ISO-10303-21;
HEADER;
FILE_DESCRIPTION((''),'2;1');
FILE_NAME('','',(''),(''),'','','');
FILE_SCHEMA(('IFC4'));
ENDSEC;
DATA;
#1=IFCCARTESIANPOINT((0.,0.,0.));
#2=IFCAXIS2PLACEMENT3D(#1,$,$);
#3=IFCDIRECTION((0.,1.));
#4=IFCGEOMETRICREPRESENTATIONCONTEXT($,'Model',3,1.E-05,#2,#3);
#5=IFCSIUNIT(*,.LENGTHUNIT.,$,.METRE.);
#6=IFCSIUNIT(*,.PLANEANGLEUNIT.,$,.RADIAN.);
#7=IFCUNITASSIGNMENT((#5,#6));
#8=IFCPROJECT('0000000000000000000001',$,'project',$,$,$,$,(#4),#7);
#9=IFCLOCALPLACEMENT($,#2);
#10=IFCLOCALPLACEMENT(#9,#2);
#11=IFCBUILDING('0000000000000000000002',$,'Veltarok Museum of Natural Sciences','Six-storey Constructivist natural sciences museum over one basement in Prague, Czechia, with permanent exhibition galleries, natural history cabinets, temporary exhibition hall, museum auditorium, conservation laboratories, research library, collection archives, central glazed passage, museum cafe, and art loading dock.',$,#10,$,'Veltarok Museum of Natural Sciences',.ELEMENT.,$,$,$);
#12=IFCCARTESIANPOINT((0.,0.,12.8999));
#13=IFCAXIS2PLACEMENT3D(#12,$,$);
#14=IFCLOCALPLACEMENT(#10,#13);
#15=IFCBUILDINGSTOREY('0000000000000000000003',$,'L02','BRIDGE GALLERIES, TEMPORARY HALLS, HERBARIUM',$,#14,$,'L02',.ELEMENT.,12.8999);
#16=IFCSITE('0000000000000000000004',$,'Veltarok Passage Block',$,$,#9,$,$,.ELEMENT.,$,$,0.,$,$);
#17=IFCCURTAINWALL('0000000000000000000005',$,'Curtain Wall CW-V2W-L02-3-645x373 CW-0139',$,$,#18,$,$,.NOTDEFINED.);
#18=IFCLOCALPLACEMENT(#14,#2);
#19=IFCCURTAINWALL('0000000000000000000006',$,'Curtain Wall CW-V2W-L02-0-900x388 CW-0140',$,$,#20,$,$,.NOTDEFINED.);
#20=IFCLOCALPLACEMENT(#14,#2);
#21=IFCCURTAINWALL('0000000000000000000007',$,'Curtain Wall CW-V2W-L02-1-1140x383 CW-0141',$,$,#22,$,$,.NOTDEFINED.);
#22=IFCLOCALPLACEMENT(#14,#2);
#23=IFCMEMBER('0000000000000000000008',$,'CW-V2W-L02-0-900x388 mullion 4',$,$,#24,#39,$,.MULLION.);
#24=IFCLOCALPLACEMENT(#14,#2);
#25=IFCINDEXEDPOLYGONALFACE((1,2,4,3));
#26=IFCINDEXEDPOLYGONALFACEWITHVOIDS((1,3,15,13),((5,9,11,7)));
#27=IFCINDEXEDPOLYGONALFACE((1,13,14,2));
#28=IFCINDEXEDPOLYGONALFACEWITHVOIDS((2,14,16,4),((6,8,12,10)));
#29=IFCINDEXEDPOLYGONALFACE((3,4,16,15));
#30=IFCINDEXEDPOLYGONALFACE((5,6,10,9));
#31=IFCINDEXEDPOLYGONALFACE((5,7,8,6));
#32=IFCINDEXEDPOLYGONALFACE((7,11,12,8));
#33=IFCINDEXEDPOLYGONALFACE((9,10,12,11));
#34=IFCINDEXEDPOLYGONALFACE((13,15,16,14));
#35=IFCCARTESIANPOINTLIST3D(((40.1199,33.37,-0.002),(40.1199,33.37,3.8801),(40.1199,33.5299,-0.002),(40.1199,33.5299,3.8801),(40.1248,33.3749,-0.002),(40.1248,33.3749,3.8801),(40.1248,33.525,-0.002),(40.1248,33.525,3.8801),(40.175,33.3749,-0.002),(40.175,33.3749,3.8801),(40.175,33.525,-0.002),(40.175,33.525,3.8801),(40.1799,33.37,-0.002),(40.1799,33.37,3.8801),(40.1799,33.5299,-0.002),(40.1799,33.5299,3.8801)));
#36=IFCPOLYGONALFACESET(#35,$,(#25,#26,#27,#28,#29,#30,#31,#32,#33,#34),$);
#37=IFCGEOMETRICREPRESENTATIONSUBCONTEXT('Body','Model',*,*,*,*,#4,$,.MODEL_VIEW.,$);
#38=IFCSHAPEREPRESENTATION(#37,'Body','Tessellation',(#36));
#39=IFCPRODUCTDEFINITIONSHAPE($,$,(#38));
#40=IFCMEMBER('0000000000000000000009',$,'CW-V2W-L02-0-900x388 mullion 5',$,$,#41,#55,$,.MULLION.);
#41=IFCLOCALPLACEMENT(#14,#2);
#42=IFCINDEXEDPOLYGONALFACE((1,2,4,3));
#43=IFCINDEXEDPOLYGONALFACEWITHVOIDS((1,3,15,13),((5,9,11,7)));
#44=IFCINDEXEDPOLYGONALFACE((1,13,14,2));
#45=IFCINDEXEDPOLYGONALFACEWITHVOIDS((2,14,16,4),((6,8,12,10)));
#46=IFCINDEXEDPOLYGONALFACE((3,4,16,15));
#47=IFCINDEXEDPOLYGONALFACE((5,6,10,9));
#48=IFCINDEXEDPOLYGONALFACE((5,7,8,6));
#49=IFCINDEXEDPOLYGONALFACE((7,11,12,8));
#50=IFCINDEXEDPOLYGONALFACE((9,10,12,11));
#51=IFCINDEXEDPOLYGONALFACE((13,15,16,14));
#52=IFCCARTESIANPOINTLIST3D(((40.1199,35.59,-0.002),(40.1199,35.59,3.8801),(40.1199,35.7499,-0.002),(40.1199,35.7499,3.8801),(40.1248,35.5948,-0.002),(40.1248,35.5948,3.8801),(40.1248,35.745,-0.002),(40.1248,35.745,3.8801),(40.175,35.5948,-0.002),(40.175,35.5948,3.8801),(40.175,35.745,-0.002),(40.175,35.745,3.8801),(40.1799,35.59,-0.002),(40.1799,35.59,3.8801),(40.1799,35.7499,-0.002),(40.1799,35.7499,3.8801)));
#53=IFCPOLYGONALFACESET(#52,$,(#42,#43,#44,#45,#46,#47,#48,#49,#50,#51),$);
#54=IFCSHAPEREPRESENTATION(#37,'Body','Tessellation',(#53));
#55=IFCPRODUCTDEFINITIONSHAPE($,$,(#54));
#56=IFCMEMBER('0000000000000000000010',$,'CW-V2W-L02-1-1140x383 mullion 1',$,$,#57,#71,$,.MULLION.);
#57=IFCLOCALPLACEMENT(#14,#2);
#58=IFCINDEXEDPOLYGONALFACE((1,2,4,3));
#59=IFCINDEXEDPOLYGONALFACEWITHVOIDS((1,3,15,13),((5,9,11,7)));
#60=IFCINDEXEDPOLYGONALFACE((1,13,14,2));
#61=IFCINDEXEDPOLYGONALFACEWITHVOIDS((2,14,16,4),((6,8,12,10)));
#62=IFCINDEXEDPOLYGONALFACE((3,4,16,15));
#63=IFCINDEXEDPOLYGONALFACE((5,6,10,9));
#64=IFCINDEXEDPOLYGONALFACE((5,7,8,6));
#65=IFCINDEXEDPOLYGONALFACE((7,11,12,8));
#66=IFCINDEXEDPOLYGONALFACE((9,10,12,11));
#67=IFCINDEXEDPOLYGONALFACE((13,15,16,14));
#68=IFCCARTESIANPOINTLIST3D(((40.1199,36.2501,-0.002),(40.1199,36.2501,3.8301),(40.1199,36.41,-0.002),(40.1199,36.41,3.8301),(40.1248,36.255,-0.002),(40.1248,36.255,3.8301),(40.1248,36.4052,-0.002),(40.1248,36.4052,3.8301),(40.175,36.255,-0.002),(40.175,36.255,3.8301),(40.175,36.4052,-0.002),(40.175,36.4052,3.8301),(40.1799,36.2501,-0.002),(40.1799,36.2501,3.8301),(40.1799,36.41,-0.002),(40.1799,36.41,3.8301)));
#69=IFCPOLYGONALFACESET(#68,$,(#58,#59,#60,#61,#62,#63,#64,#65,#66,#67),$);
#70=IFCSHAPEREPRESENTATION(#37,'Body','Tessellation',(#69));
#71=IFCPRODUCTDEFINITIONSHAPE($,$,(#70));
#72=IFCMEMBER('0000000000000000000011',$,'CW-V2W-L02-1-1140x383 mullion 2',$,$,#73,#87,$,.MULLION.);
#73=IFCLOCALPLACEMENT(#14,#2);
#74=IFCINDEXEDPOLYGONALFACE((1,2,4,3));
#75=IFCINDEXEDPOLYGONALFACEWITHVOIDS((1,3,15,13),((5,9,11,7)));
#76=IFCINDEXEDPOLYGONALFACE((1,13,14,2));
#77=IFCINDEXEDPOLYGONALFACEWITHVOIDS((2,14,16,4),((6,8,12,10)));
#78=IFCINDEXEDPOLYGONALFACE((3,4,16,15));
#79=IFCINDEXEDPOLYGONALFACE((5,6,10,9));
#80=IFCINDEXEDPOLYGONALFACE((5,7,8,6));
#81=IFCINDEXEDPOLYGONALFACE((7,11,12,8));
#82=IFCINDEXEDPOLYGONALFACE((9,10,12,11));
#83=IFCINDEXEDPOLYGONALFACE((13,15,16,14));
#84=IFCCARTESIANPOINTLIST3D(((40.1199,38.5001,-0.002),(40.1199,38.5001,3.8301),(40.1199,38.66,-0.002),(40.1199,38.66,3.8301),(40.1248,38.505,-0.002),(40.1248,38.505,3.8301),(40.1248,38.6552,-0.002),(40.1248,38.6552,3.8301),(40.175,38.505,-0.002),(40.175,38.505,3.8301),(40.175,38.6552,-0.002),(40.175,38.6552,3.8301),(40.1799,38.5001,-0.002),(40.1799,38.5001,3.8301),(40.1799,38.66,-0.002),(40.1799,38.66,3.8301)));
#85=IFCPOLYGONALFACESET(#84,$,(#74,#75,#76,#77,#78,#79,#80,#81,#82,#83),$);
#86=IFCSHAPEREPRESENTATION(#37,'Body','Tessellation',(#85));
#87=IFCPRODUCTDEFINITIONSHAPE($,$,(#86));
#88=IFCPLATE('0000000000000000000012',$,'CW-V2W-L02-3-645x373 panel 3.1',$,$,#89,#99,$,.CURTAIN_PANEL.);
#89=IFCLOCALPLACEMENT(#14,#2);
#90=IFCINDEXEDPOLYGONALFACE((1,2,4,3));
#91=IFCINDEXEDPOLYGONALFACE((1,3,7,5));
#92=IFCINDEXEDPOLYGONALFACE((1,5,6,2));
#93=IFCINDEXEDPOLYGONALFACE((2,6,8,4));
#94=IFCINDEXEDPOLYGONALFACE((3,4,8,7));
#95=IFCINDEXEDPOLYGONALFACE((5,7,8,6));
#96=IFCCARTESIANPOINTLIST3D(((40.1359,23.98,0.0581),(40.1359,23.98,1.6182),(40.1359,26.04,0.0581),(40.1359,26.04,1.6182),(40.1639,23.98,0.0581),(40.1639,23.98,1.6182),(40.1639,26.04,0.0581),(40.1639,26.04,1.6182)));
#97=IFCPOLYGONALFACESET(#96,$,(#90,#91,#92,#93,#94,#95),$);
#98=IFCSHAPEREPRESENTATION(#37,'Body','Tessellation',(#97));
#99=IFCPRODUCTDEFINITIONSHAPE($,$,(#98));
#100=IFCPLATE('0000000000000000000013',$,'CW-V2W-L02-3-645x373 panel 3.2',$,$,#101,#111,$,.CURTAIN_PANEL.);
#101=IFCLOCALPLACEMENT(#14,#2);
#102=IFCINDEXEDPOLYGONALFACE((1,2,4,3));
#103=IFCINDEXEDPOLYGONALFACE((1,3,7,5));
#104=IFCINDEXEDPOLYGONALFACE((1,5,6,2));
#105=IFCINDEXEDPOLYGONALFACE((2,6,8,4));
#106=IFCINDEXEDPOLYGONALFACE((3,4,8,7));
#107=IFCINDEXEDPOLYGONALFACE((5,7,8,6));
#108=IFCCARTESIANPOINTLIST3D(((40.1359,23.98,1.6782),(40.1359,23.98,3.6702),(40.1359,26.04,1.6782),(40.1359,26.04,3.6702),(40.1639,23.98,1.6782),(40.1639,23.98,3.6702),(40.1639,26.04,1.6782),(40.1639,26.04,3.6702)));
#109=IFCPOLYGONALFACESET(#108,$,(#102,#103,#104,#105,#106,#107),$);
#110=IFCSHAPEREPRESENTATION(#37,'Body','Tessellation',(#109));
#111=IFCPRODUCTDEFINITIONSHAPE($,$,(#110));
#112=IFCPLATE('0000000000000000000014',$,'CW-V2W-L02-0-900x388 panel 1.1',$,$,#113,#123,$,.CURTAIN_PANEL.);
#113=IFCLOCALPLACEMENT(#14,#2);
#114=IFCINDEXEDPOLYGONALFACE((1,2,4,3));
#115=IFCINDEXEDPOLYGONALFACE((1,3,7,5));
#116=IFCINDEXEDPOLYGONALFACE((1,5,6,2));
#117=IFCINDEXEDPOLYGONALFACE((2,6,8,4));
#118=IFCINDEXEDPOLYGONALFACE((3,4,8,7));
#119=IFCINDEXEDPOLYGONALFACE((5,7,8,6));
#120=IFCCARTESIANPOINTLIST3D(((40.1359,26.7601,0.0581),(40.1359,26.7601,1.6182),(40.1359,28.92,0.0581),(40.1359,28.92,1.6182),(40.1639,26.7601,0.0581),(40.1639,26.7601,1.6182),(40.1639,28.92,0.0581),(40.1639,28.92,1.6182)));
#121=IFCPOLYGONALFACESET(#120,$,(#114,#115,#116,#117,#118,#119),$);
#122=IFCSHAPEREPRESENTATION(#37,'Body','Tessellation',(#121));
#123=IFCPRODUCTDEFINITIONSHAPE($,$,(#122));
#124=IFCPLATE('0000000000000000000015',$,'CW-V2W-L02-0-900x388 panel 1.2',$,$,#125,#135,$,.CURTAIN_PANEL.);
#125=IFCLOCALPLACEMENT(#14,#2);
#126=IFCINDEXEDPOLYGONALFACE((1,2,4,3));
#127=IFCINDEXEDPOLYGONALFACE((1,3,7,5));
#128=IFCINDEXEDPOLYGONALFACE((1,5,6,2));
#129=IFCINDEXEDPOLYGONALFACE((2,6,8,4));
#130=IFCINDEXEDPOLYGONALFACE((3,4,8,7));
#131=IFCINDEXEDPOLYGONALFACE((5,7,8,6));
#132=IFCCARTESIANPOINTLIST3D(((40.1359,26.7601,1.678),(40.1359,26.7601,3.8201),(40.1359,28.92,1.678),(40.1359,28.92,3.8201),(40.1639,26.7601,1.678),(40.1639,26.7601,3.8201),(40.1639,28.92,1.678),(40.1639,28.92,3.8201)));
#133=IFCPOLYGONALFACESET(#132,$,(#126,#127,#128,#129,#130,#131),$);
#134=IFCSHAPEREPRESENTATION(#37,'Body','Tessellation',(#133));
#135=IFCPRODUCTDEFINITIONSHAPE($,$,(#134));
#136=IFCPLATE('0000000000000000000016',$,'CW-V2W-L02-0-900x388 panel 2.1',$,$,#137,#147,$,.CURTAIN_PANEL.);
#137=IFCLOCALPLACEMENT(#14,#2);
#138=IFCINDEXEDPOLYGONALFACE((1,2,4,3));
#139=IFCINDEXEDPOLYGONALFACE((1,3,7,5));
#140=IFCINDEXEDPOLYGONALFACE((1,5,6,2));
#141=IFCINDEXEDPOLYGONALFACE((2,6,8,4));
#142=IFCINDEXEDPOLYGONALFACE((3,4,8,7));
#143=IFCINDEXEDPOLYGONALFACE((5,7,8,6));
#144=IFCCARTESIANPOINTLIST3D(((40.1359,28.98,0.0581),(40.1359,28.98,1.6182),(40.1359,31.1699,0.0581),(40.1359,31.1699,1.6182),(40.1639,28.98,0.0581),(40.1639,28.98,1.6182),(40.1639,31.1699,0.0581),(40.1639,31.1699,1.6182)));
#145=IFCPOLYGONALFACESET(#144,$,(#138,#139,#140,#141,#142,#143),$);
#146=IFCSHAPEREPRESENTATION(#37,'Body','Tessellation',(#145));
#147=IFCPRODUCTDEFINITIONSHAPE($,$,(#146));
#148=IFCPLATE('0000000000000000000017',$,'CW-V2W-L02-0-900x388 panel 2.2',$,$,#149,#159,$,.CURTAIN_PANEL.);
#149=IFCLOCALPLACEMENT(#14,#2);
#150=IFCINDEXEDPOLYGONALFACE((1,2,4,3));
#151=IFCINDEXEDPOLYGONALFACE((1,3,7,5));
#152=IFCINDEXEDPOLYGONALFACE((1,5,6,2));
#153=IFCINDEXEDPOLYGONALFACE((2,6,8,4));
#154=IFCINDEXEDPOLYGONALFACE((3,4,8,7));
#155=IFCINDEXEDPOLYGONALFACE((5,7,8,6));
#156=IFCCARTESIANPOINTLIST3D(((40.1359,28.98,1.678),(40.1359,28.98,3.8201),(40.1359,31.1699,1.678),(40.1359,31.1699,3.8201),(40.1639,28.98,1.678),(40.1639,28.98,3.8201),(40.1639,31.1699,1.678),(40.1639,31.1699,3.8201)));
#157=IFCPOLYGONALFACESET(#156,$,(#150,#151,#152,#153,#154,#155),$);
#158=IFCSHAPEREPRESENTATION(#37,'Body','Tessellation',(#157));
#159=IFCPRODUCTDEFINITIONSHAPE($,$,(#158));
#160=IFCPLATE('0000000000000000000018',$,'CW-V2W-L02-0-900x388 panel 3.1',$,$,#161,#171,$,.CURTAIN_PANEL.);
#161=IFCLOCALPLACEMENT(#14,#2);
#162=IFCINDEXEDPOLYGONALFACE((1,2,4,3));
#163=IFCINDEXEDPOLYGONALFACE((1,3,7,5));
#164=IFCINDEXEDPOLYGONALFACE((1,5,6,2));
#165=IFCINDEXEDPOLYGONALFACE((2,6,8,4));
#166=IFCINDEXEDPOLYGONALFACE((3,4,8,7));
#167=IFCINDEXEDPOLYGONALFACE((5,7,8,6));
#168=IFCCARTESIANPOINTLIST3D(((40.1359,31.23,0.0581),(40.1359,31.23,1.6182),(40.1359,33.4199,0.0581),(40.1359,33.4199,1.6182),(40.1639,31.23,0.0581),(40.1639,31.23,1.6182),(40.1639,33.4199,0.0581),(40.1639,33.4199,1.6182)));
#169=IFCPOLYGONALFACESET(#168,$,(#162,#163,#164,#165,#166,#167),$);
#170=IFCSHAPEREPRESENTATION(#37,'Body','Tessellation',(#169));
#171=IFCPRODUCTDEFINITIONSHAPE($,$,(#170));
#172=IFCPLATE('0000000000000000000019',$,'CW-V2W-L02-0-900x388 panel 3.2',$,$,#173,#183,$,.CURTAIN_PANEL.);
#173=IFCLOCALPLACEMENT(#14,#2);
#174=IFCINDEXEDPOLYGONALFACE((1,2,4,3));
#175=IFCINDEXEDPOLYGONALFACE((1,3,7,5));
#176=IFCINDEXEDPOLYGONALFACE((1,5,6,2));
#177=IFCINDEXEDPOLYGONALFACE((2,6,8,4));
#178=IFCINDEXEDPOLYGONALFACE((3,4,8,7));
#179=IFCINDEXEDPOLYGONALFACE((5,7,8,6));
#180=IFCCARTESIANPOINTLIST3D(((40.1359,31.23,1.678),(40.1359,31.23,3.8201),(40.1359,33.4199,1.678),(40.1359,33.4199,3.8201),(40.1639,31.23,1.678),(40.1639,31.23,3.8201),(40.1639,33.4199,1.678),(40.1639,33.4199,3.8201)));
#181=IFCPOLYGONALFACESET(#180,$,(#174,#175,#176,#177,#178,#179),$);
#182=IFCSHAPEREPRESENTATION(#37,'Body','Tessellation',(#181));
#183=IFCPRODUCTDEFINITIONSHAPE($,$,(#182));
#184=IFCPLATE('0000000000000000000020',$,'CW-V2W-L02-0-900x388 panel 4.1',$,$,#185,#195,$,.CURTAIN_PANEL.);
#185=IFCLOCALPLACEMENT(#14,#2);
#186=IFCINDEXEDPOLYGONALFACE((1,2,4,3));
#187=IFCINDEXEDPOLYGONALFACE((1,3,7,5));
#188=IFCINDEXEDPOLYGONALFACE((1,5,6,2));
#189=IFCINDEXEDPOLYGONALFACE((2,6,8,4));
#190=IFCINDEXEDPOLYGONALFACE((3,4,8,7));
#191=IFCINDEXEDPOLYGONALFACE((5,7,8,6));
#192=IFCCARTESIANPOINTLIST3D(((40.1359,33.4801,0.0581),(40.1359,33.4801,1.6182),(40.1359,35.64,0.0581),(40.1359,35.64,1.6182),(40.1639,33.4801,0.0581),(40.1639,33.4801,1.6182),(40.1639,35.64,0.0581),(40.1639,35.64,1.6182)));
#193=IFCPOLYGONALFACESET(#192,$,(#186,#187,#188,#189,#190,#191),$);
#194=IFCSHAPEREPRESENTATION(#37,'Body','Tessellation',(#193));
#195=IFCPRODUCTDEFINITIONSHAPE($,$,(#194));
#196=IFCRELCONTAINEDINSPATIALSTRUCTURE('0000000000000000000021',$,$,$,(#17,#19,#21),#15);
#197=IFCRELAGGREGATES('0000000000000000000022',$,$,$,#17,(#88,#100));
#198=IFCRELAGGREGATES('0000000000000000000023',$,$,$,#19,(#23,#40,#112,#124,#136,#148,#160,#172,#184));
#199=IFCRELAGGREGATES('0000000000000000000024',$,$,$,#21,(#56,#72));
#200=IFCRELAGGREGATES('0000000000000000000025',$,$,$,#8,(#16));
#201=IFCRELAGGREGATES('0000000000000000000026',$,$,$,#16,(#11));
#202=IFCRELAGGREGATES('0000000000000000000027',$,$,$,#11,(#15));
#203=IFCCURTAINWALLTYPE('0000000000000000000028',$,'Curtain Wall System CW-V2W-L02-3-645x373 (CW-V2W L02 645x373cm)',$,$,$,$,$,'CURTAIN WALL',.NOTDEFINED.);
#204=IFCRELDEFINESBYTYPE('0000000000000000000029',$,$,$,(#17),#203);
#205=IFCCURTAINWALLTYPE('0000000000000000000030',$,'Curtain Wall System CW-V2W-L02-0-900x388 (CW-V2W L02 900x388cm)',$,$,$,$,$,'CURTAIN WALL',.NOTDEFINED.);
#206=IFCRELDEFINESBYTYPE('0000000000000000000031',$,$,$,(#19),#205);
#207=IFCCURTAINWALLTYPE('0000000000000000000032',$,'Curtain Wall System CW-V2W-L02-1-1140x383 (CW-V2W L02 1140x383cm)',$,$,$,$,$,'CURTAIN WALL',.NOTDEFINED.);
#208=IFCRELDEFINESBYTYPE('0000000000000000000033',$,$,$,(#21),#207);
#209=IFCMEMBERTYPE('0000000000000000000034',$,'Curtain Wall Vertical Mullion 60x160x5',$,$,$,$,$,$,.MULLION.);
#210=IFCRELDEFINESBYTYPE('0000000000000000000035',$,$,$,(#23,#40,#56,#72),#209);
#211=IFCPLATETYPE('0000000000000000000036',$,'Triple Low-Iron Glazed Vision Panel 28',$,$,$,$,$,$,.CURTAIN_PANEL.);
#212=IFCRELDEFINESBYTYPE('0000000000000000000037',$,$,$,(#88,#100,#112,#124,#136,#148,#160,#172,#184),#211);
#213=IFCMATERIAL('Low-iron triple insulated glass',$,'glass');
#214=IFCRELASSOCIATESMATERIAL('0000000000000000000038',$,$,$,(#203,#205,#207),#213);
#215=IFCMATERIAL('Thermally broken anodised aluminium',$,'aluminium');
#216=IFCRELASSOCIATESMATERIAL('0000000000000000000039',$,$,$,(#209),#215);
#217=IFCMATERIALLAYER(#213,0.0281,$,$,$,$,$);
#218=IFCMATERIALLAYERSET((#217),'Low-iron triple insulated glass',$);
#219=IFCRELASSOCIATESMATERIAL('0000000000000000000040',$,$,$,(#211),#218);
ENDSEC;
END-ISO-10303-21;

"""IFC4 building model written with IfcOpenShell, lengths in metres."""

from ifc_helpers import new_model, si_unit, direction, frame, origin, origin_2d, place, context, subcontext, project, spatial, rectangle, hollow_rectangle, extrude, material, layer, layer_set, material_profile, profile_set, type_object, element, aggregate, save


model = new_model("IFC4")

# Units and contexts
model_context = context("Model", 3, precision=1e-05, world=origin(), true_north=direction((0.0, 1.0)))
body_context = subcontext(model_context, "Body", "Model", "MODEL_VIEW")
ifc_project = project(units=[si_unit("LENGTHUNIT", "METRE"), si_unit("PLANEANGLEUNIT", "RADIAN")], contexts=[model_context])

# Site, building, storey
site_placement = place(None, origin())
site = spatial("IfcSite", under=ifc_project, at=site_placement, Name="Veltarok Passage Block", CompositionType="ELEMENT", RefElevation=0.0)
building_placement = place(site_placement, origin())
building = spatial("IfcBuilding", under=site, at=building_placement, Name="Veltarok Museum of Natural Sciences", Description="Six-storey Constructivist natural sciences museum over one basement in Prague, Czechia, with permanent exhibition galleries, natural history cabinets, temporary exhibition hall, museum auditorium, conservation laboratories, research library, collection archives, central glazed passage, museum cafe, and art loading dock.", LongName="Veltarok Museum of Natural Sciences", CompositionType="ELEMENT")
storey_placement = place(building_placement, frame((0.0, 0.0, 12.8999)))
storey = spatial("IfcBuildingStorey", under=building, at=storey_placement, Name="L02", Description="BRIDGE GALLERIES, TEMPORARY HALLS, HERBARIUM", LongName="L02", CompositionType="ELEMENT", Elevation=12.8999)

# Curtain wall
ifc_material_1 = material(Name="Low-iron triple insulated glass", Category="glass")
curtain_wall_type_1 = type_object("IfcCurtainWallType", Name="Curtain Wall System CW-V2W-L02-3-645x373 (CW-V2W L02 645x373cm)", ElementType="CURTAIN WALL", PredefinedType="NOTDEFINED", material=ifc_material_1)
curtain_wall_1_placement = place(storey_placement, origin())
curtain_wall_1 = element("IfcCurtainWall", 1, at=curtain_wall_1_placement, inside=storey, type_object=curtain_wall_type_1, Name="Curtain Wall CW-V2W-L02-3-645x373 CW-0139", PredefinedType="NOTDEFINED")
ifc_material_2 = material(Name="Thermally broken anodised aluminium", Category="aluminium")

# Curtain walls
curtain_wall_type_2 = type_object("IfcCurtainWallType", Name="Curtain Wall System CW-V2W-L02-0-900x388 (CW-V2W L02 900x388cm)", ElementType="CURTAIN WALL", PredefinedType="NOTDEFINED", material=ifc_material_1)
curtain_wall_2_placement = place(storey_placement, origin())
curtain_wall_2 = element("IfcCurtainWall", 2, at=curtain_wall_2_placement, inside=storey, type_object=curtain_wall_type_2, Name="Curtain Wall CW-V2W-L02-0-900x388 CW-0140", PredefinedType="NOTDEFINED")
curtain_wall_type_3 = type_object("IfcCurtainWallType", Name="Curtain Wall System CW-V2W-L02-1-1140x383 (CW-V2W L02 1140x383cm)", ElementType="CURTAIN WALL", PredefinedType="NOTDEFINED", material=ifc_material_1)
curtain_wall_3_placement = place(storey_placement, origin())
curtain_wall_3 = element("IfcCurtainWall", 3, at=curtain_wall_3_placement, inside=storey, type_object=curtain_wall_type_3, Name="Curtain Wall CW-V2W-L02-1-1140x383 CW-0141", PredefinedType="NOTDEFINED")

# Members
ifc_material_profile_1 = material_profile(ifc_material_2, hollow_rectangle(XDim=0.0601, YDim=0.1599, WallThickness=0.0049, at=origin_2d()), Name="CW MULLION 60x160x5")
ifc_profile_set_1 = profile_set([ifc_material_profile_1], Name="Thermally broken anodised aluminium")
member_type_1 = type_object("IfcMemberType", Name="Curtain Wall Vertical Mullion 60x160x5", PredefinedType="MULLION", material=ifc_profile_set_1)
member_1_placement = place(storey_placement, frame((40.1499, 33.45, -0.002), z_axis=(0.0, 0.0, 1.0), x_axis=(-1.0, 0.0, 0.0)))
member_1 = element("IfcMember", 4, at=member_1_placement, type_object=member_type_1, Name="CW-V2W-L02-0-900x388 mullion 4", PredefinedType="MULLION", context=body_context, shape_type="SweptSolid", body=[
    extrude(hollow_rectangle(XDim=0.0601, YDim=0.1599, WallThickness=0.0049, at=origin_2d()), origin(), (0.0, 0.0, 1.0), 3.8821),
])
member_2_placement = place(storey_placement, frame((40.1499, 35.6699, -0.002), z_axis=(0.0, 0.0, 1.0), x_axis=(-1.0, 0.0, 0.0)))
member_2 = element("IfcMember", 5, at=member_2_placement, type_object=member_type_1, Name="CW-V2W-L02-0-900x388 mullion 5", PredefinedType="MULLION", context=body_context, shape_type="SweptSolid", body=[
    extrude(hollow_rectangle(XDim=0.0601, YDim=0.1599, WallThickness=0.0049, at=origin_2d()), origin(), (0.0, 0.0, 1.0), 3.8821),
])
member_3_placement = place(storey_placement, frame((40.1499, 36.3301, -0.002), z_axis=(0.0, 0.0, 1.0), x_axis=(-1.0, 0.0, 0.0)))
member_3 = element("IfcMember", 6, at=member_3_placement, type_object=member_type_1, Name="CW-V2W-L02-1-1140x383 mullion 1", PredefinedType="MULLION", context=body_context, shape_type="SweptSolid", body=[
    extrude(hollow_rectangle(XDim=0.0601, YDim=0.1599, WallThickness=0.0049, at=origin_2d()), origin(), (0.0, 0.0, 1.0), 3.832),
])
member_4_placement = place(storey_placement, frame((40.1499, 38.5801, -0.002), z_axis=(0.0, 0.0, 1.0), x_axis=(-1.0, 0.0, 0.0)))
member_4 = element("IfcMember", 7, at=member_4_placement, type_object=member_type_1, Name="CW-V2W-L02-1-1140x383 mullion 2", PredefinedType="MULLION", context=body_context, shape_type="SweptSolid", body=[
    extrude(hollow_rectangle(XDim=0.0601, YDim=0.1599, WallThickness=0.0049, at=origin_2d()), origin(), (0.0, 0.0, 1.0), 3.832),
])

# Plates
ifc_layer = layer(ifc_material_1, 0.0281)
ifc_layer_set = layer_set([ifc_layer], Name="Low-iron triple insulated glass")
plate_type = type_object("IfcPlateType", Name="Triple Low-Iron Glazed Vision Panel 28", PredefinedType="CURTAIN_PANEL", material=ifc_layer_set)
plate_1_placement = place(storey_placement, frame((40.1499, 25.01, 0.0581), z_axis=(0.0, 0.0, 1.0), x_axis=(0.0, 1.0, 0.0)))
plate_1 = element("IfcPlate", 8, at=plate_1_placement, type_object=plate_type, Name="CW-V2W-L02-3-645x373 panel 3.1", PredefinedType="CURTAIN_PANEL", context=body_context, shape_type="SweptSolid", body=[
    extrude(rectangle(XDim=2.0601, YDim=0.0281, at=origin_2d()), origin(), (0.0, 0.0, 1.0), 1.5601),
])
plate_2_placement = place(storey_placement, frame((40.1499, 25.01, 1.6782), z_axis=(0.0, 0.0, 1.0), x_axis=(0.0, 1.0, 0.0)))
plate_2 = element("IfcPlate", 9, at=plate_2_placement, type_object=plate_type, Name="CW-V2W-L02-3-645x373 panel 3.2", PredefinedType="CURTAIN_PANEL", context=body_context, shape_type="SweptSolid", body=[
    extrude(rectangle(XDim=2.0601, YDim=0.0281, at=origin_2d()), origin(), (0.0, 0.0, 1.0), 1.9919),
])
aggregate(curtain_wall_1, [plate_1, plate_2])
plate_3_placement = place(storey_placement, frame((40.1499, 27.8401, 0.0581), z_axis=(0.0, 0.0, 1.0), x_axis=(0.0, 1.0, 0.0)))
plate_3 = element("IfcPlate", 10, at=plate_3_placement, type_object=plate_type, Name="CW-V2W-L02-0-900x388 panel 1.1", PredefinedType="CURTAIN_PANEL", context=body_context, shape_type="SweptSolid", body=[
    extrude(rectangle(XDim=2.1599, YDim=0.0281, at=origin_2d()), origin(), (0.0, 0.0, 1.0), 1.5601),
])
plate_4_placement = place(storey_placement, frame((40.1499, 27.8401, 1.678), z_axis=(0.0, 0.0, 1.0), x_axis=(0.0, 1.0, 0.0)))
plate_4 = element("IfcPlate", 11, at=plate_4_placement, type_object=plate_type, Name="CW-V2W-L02-0-900x388 panel 1.2", PredefinedType="CURTAIN_PANEL", context=body_context, shape_type="SweptSolid", body=[
    extrude(rectangle(XDim=2.1599, YDim=0.0281, at=origin_2d()), origin(), (0.0, 0.0, 1.0), 2.1421),
])
plate_5_placement = place(storey_placement, frame((40.1499, 30.075, 0.0581), z_axis=(0.0, 0.0, 1.0), x_axis=(0.0, 1.0, 0.0)))
plate_5 = element("IfcPlate", 12, at=plate_5_placement, type_object=plate_type, Name="CW-V2W-L02-0-900x388 panel 2.1", PredefinedType="CURTAIN_PANEL", context=body_context, shape_type="SweptSolid", body=[
    extrude(rectangle(XDim=2.1899, YDim=0.0281, at=origin_2d()), origin(), (0.0, 0.0, 1.0), 1.5601),
])
plate_6_placement = place(storey_placement, frame((40.1499, 30.075, 1.678), z_axis=(0.0, 0.0, 1.0), x_axis=(0.0, 1.0, 0.0)))
plate_6 = element("IfcPlate", 13, at=plate_6_placement, type_object=plate_type, Name="CW-V2W-L02-0-900x388 panel 2.2", PredefinedType="CURTAIN_PANEL", context=body_context, shape_type="SweptSolid", body=[
    extrude(rectangle(XDim=2.1899, YDim=0.0281, at=origin_2d()), origin(), (0.0, 0.0, 1.0), 2.1421),
])
plate_7_placement = place(storey_placement, frame((40.1499, 32.325, 0.0581), z_axis=(0.0, 0.0, 1.0), x_axis=(0.0, 1.0, 0.0)))
plate_7 = element("IfcPlate", 14, at=plate_7_placement, type_object=plate_type, Name="CW-V2W-L02-0-900x388 panel 3.1", PredefinedType="CURTAIN_PANEL", context=body_context, shape_type="SweptSolid", body=[
    extrude(rectangle(XDim=2.1899, YDim=0.0281, at=origin_2d()), origin(), (0.0, 0.0, 1.0), 1.5601),
])
plate_8_placement = place(storey_placement, frame((40.1499, 32.325, 1.678), z_axis=(0.0, 0.0, 1.0), x_axis=(0.0, 1.0, 0.0)))
plate_8 = element("IfcPlate", 15, at=plate_8_placement, type_object=plate_type, Name="CW-V2W-L02-0-900x388 panel 3.2", PredefinedType="CURTAIN_PANEL", context=body_context, shape_type="SweptSolid", body=[
    extrude(rectangle(XDim=2.1899, YDim=0.0281, at=origin_2d()), origin(), (0.0, 0.0, 1.0), 2.1421),
])
plate_9_placement = place(storey_placement, frame((40.1499, 34.5601, 0.0581), z_axis=(0.0, 0.0, 1.0), x_axis=(0.0, 1.0, 0.0)))
plate_9 = element("IfcPlate", 16, at=plate_9_placement, type_object=plate_type, Name="CW-V2W-L02-0-900x388 panel 4.1", PredefinedType="CURTAIN_PANEL", context=body_context, shape_type="SweptSolid", body=[
    extrude(rectangle(XDim=2.1599, YDim=0.0281, at=origin_2d()), origin(), (0.0, 0.0, 1.0), 1.5601),
])
aggregate(curtain_wall_2, [member_1, member_2, plate_3, plate_4, plate_5, plate_6, plate_7, plate_8, plate_9])
aggregate(curtain_wall_3, [member_3, member_4])

save(model, "model.ifc")
